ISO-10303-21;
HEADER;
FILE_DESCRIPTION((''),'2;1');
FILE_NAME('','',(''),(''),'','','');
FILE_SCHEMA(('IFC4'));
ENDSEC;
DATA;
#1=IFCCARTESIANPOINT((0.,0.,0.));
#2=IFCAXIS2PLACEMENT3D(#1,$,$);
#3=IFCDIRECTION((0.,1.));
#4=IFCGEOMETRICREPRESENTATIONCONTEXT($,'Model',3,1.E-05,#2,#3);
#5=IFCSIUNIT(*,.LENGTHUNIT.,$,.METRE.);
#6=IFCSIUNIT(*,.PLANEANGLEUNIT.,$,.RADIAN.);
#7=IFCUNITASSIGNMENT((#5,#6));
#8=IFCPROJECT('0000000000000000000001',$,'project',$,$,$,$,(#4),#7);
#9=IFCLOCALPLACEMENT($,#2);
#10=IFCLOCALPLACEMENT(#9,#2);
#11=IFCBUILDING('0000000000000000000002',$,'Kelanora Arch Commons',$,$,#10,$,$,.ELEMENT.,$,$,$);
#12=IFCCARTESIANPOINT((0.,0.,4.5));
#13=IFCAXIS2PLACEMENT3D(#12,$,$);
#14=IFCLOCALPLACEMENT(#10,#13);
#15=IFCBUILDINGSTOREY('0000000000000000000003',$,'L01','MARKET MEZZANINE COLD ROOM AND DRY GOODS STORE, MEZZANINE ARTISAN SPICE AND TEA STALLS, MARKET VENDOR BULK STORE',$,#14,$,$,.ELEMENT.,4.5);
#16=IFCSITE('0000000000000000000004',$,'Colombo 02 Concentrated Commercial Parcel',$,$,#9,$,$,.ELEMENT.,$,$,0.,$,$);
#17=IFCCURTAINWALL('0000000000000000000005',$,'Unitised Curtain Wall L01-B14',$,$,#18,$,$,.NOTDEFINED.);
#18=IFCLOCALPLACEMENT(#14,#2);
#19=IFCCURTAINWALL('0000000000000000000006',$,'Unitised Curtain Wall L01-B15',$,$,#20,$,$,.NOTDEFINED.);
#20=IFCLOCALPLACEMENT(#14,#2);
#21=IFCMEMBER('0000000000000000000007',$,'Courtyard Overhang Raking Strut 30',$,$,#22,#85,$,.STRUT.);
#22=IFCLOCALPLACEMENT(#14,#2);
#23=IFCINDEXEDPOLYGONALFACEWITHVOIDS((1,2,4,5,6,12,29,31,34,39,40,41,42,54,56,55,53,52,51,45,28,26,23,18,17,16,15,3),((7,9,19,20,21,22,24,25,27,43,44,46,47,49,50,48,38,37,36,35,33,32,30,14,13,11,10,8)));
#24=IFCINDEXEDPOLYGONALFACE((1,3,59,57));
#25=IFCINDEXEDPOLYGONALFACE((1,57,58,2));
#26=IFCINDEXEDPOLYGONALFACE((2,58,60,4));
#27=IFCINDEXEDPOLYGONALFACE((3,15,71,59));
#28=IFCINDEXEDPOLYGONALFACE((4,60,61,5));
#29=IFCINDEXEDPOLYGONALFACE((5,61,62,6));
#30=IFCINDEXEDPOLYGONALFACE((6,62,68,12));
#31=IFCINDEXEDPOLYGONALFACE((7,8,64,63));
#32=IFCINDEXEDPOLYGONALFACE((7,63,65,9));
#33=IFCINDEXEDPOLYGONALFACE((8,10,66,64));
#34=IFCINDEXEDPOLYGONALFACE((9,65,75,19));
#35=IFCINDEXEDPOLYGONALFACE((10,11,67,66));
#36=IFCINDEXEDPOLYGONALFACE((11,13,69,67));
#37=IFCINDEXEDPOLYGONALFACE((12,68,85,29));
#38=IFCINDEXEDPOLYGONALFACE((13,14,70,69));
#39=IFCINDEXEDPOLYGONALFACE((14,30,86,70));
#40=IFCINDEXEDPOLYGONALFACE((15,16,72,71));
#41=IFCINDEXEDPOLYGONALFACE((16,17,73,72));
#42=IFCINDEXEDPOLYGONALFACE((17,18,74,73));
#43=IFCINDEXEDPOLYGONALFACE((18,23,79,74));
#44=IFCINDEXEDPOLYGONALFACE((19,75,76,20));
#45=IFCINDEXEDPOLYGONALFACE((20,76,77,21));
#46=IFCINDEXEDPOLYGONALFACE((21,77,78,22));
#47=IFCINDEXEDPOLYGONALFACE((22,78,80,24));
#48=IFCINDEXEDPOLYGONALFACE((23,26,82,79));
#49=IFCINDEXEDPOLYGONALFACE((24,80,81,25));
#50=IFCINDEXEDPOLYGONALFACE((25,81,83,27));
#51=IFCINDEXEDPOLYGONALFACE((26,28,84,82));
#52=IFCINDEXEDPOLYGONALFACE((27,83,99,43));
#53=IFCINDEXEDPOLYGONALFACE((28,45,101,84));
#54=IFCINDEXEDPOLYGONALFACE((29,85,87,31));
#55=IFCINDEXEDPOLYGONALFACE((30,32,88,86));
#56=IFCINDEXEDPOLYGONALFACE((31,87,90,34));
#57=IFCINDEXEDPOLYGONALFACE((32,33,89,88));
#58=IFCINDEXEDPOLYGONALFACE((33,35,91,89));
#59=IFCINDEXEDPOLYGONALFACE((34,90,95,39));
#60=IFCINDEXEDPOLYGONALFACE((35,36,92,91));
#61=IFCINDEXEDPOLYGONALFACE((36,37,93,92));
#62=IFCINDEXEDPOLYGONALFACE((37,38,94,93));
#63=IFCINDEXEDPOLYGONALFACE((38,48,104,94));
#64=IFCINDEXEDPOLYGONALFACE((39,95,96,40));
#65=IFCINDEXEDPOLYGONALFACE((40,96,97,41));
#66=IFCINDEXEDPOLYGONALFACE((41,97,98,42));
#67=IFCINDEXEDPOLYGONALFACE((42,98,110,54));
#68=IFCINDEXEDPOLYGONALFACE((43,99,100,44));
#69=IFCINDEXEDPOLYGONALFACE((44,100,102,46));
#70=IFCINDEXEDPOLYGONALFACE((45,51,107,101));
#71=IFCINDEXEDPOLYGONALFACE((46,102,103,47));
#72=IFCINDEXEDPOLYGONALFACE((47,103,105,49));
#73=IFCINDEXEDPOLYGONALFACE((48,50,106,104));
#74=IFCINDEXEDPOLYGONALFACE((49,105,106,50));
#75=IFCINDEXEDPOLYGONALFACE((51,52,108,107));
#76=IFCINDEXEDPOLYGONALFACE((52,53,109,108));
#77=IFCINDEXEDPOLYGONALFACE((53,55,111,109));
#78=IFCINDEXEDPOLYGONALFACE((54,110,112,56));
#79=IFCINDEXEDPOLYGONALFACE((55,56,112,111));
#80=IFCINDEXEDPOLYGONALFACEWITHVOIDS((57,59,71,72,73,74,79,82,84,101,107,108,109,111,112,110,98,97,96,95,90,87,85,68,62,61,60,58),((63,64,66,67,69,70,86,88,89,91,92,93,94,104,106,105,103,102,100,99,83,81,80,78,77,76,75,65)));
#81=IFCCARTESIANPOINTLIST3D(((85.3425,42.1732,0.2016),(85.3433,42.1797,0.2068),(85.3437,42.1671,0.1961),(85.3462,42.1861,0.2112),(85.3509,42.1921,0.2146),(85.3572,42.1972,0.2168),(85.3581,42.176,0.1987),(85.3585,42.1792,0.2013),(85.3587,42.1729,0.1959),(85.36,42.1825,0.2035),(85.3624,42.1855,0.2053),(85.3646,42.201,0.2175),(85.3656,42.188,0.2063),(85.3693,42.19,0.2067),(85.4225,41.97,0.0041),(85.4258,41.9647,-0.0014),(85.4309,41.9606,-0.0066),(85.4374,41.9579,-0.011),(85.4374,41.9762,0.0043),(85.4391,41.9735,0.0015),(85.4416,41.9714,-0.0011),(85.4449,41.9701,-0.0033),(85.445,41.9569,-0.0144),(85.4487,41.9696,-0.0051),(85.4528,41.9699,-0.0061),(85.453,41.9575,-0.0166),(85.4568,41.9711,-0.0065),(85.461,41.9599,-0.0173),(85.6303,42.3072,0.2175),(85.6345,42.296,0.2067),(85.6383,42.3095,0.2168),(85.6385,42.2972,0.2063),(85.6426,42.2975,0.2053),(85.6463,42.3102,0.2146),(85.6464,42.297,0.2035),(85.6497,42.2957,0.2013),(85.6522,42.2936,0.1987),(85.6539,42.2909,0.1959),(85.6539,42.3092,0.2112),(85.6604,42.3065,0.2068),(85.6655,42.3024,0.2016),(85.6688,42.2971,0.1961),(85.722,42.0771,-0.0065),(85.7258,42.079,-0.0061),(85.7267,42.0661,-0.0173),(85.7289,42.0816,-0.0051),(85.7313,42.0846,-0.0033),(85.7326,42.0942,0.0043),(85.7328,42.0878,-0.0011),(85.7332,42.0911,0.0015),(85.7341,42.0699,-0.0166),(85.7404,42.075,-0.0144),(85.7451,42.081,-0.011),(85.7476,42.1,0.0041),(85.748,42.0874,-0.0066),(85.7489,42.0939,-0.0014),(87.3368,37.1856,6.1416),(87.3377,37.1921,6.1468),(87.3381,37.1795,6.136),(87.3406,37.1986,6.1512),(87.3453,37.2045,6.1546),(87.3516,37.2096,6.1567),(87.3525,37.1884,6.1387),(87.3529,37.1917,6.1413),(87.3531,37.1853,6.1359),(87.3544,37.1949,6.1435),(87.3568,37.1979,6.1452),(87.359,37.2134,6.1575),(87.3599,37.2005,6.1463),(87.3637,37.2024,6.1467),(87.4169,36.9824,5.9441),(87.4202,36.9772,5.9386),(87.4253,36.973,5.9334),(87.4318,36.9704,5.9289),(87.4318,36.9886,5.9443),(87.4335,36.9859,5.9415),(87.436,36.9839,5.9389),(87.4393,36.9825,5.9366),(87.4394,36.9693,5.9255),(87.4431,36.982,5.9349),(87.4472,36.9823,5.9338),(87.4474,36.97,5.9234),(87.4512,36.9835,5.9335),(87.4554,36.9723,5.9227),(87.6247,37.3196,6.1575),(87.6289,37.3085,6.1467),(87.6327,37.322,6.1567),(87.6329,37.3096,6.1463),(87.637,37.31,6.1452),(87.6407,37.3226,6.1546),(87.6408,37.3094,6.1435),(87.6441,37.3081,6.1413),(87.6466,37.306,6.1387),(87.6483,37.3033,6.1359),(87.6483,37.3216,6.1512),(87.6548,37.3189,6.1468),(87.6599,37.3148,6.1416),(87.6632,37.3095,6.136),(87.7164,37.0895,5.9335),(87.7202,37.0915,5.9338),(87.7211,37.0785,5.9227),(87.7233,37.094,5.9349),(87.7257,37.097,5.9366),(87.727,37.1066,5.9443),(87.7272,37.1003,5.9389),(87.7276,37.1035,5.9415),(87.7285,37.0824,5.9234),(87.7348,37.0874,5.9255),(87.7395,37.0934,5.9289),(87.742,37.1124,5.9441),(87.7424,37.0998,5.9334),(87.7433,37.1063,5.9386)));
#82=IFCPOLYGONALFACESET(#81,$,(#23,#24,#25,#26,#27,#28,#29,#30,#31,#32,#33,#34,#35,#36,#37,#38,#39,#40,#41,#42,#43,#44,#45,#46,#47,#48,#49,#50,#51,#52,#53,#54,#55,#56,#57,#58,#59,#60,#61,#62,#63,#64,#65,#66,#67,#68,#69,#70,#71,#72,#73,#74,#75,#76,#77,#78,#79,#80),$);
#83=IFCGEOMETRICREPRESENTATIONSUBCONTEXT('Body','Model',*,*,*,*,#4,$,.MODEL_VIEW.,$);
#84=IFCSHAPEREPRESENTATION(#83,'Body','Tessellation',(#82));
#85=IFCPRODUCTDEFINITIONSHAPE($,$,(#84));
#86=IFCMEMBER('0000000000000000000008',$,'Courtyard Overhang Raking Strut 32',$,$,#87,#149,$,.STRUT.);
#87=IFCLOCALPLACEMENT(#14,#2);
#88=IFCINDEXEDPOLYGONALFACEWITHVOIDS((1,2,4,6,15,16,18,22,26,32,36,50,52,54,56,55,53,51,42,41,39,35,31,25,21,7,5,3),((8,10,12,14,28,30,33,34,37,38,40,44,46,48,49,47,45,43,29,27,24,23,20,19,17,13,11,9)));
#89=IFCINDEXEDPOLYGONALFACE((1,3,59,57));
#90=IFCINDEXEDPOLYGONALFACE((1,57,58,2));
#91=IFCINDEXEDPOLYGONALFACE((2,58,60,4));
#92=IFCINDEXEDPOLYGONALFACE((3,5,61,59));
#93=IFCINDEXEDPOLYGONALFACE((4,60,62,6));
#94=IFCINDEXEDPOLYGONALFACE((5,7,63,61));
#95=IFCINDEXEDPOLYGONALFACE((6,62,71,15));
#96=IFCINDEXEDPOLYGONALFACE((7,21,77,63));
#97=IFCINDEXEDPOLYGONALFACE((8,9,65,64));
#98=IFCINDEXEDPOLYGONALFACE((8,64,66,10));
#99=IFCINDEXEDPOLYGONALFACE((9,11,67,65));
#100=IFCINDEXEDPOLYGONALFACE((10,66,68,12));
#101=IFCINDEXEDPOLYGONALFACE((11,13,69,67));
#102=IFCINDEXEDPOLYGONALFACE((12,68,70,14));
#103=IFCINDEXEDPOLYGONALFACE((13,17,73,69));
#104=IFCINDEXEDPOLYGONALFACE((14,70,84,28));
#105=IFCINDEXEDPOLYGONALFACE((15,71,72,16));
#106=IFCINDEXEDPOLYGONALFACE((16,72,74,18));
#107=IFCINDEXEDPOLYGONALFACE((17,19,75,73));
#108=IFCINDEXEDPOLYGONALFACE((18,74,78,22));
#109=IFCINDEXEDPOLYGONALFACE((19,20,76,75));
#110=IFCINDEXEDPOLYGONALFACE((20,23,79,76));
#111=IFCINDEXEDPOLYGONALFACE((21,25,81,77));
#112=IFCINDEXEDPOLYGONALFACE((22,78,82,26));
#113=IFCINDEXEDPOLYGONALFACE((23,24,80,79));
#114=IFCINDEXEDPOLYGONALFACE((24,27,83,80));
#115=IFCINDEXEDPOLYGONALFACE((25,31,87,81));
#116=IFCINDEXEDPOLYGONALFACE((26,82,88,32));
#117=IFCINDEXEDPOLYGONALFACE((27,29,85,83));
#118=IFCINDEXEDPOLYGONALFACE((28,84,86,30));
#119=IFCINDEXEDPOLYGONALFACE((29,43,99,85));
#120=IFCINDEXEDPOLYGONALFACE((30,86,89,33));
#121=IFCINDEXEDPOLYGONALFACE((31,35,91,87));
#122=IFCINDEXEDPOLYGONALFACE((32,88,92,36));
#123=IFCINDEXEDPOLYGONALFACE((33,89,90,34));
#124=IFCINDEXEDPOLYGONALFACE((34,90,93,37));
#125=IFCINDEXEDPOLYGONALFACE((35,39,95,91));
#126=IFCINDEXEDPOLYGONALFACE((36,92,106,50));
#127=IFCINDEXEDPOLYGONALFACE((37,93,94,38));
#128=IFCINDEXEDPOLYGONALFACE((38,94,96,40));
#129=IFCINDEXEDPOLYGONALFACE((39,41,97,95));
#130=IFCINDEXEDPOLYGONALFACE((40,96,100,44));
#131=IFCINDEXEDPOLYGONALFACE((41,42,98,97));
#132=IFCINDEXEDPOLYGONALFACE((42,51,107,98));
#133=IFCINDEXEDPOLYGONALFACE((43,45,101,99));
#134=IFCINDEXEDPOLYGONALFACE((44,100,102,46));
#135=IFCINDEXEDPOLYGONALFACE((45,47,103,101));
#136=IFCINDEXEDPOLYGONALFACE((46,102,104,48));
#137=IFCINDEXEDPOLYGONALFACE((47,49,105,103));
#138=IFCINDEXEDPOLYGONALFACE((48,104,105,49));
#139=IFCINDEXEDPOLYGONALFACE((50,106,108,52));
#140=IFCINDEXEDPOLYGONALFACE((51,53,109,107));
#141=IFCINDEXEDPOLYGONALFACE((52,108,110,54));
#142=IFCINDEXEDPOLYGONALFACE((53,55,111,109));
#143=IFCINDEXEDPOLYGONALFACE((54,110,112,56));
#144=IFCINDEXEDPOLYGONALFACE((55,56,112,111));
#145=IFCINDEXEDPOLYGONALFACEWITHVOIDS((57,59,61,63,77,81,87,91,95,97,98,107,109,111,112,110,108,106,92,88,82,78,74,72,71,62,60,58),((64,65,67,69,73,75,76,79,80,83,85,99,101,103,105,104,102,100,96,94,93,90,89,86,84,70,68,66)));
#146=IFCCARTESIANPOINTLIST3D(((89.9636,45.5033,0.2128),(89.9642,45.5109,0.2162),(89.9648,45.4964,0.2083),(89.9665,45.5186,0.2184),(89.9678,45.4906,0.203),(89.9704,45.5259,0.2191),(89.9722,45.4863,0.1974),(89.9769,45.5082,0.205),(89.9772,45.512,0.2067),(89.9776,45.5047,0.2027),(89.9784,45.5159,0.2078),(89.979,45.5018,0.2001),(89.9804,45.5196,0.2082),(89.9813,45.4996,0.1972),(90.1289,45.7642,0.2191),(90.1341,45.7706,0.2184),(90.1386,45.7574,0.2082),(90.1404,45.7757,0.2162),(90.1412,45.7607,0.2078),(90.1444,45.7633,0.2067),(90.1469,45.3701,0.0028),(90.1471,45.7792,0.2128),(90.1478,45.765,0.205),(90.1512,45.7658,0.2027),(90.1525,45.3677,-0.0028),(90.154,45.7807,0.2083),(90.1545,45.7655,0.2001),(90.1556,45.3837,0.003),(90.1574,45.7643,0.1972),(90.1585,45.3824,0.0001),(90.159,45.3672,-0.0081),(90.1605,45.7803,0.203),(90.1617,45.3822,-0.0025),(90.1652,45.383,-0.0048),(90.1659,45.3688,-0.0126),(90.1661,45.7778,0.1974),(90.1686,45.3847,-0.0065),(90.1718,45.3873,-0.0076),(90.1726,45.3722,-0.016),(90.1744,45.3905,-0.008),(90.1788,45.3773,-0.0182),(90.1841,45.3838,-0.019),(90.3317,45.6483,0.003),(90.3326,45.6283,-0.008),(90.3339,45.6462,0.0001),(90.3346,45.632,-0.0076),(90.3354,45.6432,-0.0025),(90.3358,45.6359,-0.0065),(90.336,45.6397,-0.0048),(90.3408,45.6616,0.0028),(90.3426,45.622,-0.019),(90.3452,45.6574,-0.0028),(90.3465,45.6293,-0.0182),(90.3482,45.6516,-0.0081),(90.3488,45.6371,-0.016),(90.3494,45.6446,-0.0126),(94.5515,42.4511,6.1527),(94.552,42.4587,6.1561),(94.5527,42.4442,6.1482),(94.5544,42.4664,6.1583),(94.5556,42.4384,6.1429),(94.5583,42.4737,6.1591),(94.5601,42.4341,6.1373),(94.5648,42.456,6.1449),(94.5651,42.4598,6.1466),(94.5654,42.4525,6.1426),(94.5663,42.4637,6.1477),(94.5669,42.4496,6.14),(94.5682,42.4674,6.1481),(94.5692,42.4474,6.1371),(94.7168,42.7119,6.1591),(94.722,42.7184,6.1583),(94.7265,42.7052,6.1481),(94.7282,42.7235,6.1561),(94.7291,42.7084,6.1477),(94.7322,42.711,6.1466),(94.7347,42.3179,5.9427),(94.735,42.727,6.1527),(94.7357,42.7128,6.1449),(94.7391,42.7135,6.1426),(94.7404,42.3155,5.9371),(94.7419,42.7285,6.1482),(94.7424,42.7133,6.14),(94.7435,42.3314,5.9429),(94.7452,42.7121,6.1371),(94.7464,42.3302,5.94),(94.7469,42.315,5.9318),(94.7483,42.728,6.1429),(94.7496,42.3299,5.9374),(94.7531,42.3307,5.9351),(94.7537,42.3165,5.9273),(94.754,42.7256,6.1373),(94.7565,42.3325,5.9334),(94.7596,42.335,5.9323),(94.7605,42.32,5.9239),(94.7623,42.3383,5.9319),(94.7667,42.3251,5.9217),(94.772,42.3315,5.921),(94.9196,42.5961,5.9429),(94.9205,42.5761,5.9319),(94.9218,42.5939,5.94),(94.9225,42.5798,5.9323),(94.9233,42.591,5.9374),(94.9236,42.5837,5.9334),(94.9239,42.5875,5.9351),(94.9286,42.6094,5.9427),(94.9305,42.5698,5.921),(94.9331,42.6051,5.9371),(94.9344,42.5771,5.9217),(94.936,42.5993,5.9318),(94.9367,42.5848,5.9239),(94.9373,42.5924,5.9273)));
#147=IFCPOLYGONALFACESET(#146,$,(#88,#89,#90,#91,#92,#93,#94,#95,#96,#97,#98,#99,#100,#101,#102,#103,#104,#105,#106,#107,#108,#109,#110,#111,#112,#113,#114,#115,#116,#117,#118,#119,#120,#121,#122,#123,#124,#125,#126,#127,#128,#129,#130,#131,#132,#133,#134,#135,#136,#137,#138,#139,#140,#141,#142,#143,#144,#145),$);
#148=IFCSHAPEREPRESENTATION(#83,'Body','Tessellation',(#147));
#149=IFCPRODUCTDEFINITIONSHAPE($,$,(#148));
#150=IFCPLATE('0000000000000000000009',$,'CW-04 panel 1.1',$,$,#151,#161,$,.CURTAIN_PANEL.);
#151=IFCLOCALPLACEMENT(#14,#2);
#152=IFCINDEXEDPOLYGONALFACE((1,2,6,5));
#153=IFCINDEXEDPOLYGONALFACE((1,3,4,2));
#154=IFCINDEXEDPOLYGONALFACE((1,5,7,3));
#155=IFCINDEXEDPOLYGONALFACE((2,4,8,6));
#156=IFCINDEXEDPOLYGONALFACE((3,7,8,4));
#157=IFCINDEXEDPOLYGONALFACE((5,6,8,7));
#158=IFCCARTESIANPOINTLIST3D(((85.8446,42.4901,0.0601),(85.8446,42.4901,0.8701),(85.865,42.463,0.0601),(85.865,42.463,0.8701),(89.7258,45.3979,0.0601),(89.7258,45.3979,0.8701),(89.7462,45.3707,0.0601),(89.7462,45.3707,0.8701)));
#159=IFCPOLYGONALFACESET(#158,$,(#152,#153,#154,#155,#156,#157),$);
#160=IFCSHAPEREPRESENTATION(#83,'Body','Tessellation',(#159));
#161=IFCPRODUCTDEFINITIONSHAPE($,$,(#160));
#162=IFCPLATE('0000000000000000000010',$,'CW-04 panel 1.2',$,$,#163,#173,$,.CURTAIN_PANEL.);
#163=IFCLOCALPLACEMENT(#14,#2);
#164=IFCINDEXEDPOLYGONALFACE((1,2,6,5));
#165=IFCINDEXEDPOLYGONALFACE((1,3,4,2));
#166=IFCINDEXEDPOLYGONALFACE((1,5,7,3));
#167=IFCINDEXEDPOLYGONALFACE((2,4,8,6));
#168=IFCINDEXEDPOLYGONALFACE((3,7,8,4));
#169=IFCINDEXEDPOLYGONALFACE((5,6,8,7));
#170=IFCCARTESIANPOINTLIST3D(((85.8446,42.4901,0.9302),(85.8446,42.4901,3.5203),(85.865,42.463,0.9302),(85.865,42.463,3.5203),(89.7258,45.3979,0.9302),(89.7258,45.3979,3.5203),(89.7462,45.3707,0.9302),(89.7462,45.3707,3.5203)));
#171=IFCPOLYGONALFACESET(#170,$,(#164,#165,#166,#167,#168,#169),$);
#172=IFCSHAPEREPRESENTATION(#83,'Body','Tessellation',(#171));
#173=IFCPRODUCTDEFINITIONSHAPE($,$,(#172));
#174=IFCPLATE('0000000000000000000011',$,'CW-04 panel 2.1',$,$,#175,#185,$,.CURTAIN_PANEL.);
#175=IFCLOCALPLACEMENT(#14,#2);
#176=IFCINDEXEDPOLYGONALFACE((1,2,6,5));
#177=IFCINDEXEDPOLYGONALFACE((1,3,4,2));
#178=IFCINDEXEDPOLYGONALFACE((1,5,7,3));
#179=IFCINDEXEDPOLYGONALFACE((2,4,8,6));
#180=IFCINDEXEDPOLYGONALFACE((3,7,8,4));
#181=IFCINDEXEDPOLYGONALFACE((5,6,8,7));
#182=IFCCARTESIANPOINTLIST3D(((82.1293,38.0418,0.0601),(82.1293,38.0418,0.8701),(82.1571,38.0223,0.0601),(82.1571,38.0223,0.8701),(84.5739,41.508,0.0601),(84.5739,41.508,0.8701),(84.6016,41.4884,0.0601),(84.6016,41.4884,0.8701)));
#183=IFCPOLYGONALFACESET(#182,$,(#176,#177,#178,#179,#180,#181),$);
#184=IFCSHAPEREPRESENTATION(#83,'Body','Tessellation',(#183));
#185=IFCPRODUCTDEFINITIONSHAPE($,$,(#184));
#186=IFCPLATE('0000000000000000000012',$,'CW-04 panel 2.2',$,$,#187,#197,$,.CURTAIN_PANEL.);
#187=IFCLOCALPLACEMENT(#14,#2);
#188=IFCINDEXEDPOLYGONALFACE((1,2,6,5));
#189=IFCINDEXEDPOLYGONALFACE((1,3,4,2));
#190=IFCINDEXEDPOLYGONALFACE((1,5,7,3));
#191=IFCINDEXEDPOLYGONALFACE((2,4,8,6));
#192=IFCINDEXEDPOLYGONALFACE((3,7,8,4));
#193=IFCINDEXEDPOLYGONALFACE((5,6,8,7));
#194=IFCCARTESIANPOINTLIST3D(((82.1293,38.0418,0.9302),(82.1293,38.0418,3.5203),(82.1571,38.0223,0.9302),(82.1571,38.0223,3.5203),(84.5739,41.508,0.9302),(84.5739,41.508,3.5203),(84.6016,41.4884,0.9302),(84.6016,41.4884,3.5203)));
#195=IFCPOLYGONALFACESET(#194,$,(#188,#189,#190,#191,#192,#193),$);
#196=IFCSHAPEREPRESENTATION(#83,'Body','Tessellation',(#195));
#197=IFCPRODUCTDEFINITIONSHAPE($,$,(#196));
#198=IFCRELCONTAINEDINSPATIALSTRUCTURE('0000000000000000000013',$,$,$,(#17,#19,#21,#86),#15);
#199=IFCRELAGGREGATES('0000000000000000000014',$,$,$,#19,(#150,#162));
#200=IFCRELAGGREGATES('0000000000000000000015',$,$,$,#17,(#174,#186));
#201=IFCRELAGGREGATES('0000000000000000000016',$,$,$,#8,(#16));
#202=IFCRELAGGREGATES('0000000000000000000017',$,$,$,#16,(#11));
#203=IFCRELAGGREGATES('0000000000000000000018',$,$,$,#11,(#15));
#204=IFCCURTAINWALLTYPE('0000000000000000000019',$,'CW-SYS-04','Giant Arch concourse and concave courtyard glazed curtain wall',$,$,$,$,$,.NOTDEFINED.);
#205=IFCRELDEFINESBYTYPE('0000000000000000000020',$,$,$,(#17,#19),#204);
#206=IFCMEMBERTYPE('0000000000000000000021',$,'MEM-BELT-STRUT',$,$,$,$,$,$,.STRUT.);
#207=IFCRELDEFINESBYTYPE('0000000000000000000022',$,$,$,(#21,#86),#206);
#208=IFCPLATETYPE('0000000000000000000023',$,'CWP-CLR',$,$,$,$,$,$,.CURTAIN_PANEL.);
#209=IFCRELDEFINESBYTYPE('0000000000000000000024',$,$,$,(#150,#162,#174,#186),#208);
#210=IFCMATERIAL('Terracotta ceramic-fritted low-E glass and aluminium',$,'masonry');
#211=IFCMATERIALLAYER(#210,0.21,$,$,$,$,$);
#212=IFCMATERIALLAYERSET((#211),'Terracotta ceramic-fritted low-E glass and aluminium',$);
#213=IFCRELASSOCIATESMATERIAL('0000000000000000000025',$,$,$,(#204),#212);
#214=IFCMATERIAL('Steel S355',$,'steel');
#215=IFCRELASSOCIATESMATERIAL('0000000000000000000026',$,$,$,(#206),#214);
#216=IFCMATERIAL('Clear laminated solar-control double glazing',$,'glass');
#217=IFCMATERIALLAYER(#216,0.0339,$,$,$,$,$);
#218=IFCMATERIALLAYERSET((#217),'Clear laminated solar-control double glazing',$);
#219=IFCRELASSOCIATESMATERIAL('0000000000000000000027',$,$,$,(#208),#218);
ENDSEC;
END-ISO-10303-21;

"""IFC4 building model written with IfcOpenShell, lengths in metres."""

from ifc_helpers import new_model, si_unit, direction, frame, origin, origin_2d, place, context, subcontext, project, spatial, rectangle, hollow_rectangle, extrude, source, transform, mapped, material, layer, layer_set, material_profile, profile_set, type_object, element, aggregate, save


model = new_model("IFC4")

# Units and contexts
model_context = context("Model", 3, precision=1e-05, world=origin(), true_north=direction((0.0, 1.0)))
body_context = subcontext(model_context, "Body", "Model", "MODEL_VIEW")
ifc_project = project(units=[si_unit("LENGTHUNIT", "METRE"), si_unit("PLANEANGLEUNIT", "RADIAN")], contexts=[model_context])

# Site, building, storey
site_placement = place(None, origin())
site = spatial("IfcSite", under=ifc_project, at=site_placement, Name="Colombo 02 Concentrated Commercial Parcel", CompositionType="ELEMENT", RefElevation=0.0)
building_placement = place(site_placement, origin())
building = spatial("IfcBuilding", under=site, at=building_placement, Name="Kelanora Arch Commons", CompositionType="ELEMENT")
storey_placement = place(building_placement, frame((0.0, 0.0, 4.5)))
storey = spatial("IfcBuildingStorey", under=building, at=storey_placement, Name="L01", Description="MARKET MEZZANINE COLD ROOM AND DRY GOODS STORE, MEZZANINE ARTISAN SPICE AND TEA STALLS, MARKET VENDOR BULK STORE", CompositionType="ELEMENT", Elevation=4.5)

# Shared definitions
ifc_material_1 = material(Name="Steel S355", Category="steel")

# Curtain wall
ifc_material_2 = material(Name="Terracotta ceramic-fritted low-E glass and aluminium", Category="masonry")
ifc_layer_1 = layer(ifc_material_2, 0.21)
ifc_layer_set_1 = layer_set([ifc_layer_1], Name="Terracotta ceramic-fritted low-E glass and aluminium")
curtain_wall_type = type_object("IfcCurtainWallType", Name="CW-SYS-04", Description="Giant Arch concourse and concave courtyard glazed curtain wall", PredefinedType="NOTDEFINED", material=ifc_layer_set_1)
curtain_wall_1_placement = place(storey_placement, origin())
curtain_wall_1 = element("IfcCurtainWall", 1, at=curtain_wall_1_placement, inside=storey, type_object=curtain_wall_type, Name="Unitised Curtain Wall L01-B14", PredefinedType="NOTDEFINED")

# Curtain wall
curtain_wall_2_placement = place(storey_placement, origin())
curtain_wall_2 = element("IfcCurtainWall", 2, at=curtain_wall_2_placement, inside=storey, type_object=curtain_wall_type, Name="Unitised Curtain Wall L01-B15", PredefinedType="NOTDEFINED")

# Members
ifc_material_profile_1 = material_profile(ifc_material_1, hollow_rectangle(XDim=0.3501, YDim=0.3501, WallThickness=0.0161, InnerFilletRadius=0.0161, OuterFilletRadius=0.032, at=origin_2d()), Name="SHS350x350x16")
ifc_profile_set_1 = profile_set([ifc_material_profile_1], Name="Steel S355")
member_type_1 = type_object("IfcMemberType", Name="MEM-BELT-STRUT", PredefinedType="STRUT", material=ifc_profile_set_1)
member_1_placement = place(storey_placement, frame((85.5457, 42.1335, 0.1001), z_axis=(0.249033, -0.622782, 0.741704), x_axis=(0.928517, 0.371289, 0.0)))
element("IfcMember", 3, at=member_1_placement, inside=storey, type_object=member_type_1, Name="Courtyard Overhang Raking Strut 30", PredefinedType="STRUT", context=body_context, shape_type="SweptSolid", body=[
    extrude(hollow_rectangle(XDim=0.3501, YDim=0.3501, WallThickness=0.0161, InnerFilletRadius=0.0161, OuterFilletRadius=0.032, at=origin_2d()), origin(), (0.0, 0.0, 1.0), 8.0085),
])
member_2_placement = place(storey_placement, frame((90.1565, 45.574, 0.1001), z_axis=(0.566243, -0.376712, 0.733115), x_axis=(0.553902, 0.832582, 0.0)))
element("IfcMember", 4, at=member_2_placement, inside=storey, type_object=member_type_1, Name="Courtyard Overhang Raking Strut 32", PredefinedType="STRUT", context=body_context, shape_type="SweptSolid", body=[
    extrude(hollow_rectangle(XDim=0.3501, YDim=0.3501, WallThickness=0.0161, InnerFilletRadius=0.0161, OuterFilletRadius=0.032, at=origin_2d()), origin(), (0.0, 0.0, 1.0), 8.1023),
])

# Plates
ifc_material_3 = material(Name="Clear laminated solar-control double glazing", Category="glass")
ifc_layer_2 = layer(ifc_material_3, 0.0339)
ifc_layer_set_2 = layer_set([ifc_layer_2], Name="Clear laminated solar-control double glazing")
plate_type = type_object("IfcPlateType", Name="CWP-CLR", PredefinedType="CURTAIN_PANEL", material=ifc_layer_set_2)
shared_shape_1 = source(origin(), body_context, "Body", "SweptSolid", [
    extrude(rectangle(XDim=4.8496, YDim=0.0339, at=origin_2d()), origin(), (0.0, 0.0, 1.0), 0.8101),
])
plate_1_placement = place(storey_placement, frame((87.7954, 43.9304, 0.0601), z_axis=(0.0, 0.0, 1.0), x_axis=(0.800309, 0.599588, 0.0)))
plate_1 = element("IfcPlate", 5, at=plate_1_placement, type_object=plate_type, Name="CW-04 panel 1.1", PredefinedType="CURTAIN_PANEL", context=body_context, shape_type="MappedRepresentation", body=[
    mapped(shared_shape_1, transform((0.0, 0.0, 0.0), scale=1.0)),
])
shared_shape_2 = source(origin(), body_context, "Body", "SweptSolid", [
    extrude(rectangle(XDim=4.8496, YDim=0.0339, at=origin_2d()), origin(), (0.0, 0.0, 1.0), 2.5901),
])
plate_2_placement = place(storey_placement, frame((87.7954, 43.9304, 0.9302), z_axis=(0.0, 0.0, 1.0), x_axis=(0.800309, 0.599588, 0.0)))
plate_2 = element("IfcPlate", 6, at=plate_2_placement, type_object=plate_type, Name="CW-04 panel 1.2", PredefinedType="CURTAIN_PANEL", context=body_context, shape_type="MappedRepresentation", body=[
    mapped(shared_shape_2, transform((0.0, 0.0, 0.0), scale=1.0)),
])
aggregate(curtain_wall_2, [plate_1, plate_2])
shared_shape_3 = source(origin(), body_context, "Body", "SweptSolid", [
    extrude(rectangle(XDim=4.2415, YDim=0.0339, at=origin_2d()), origin(), (0.0, 0.0, 1.0), 0.8101),
])
plate_3_placement = place(storey_placement, frame((83.3655, 39.7651, 0.0601), z_axis=(0.0, 0.0, 1.0), x_axis=(0.576345, 0.817206, 0.0)))
plate_3 = element("IfcPlate", 7, at=plate_3_placement, type_object=plate_type, Name="CW-04 panel 2.1", PredefinedType="CURTAIN_PANEL", context=body_context, shape_type="MappedRepresentation", body=[
    mapped(shared_shape_3, transform((0.0, 0.0, 0.0), scale=1.0)),
])
shared_shape_4 = source(origin(), body_context, "Body", "SweptSolid", [
    extrude(rectangle(XDim=4.2415, YDim=0.0339, at=origin_2d()), origin(), (0.0, 0.0, 1.0), 2.5901),
])
plate_4_placement = place(storey_placement, frame((83.3655, 39.7651, 0.9302), z_axis=(0.0, 0.0, 1.0), x_axis=(0.576345, 0.817206, 0.0)))
plate_4 = element("IfcPlate", 8, at=plate_4_placement, type_object=plate_type, Name="CW-04 panel 2.2", PredefinedType="CURTAIN_PANEL", context=body_context, shape_type="MappedRepresentation", body=[
    mapped(shared_shape_4, transform((0.0, 0.0, 0.0), scale=1.0)),
])
aggregate(curtain_wall_1, [plate_3, plate_4])

save(model, "model.ifc")
